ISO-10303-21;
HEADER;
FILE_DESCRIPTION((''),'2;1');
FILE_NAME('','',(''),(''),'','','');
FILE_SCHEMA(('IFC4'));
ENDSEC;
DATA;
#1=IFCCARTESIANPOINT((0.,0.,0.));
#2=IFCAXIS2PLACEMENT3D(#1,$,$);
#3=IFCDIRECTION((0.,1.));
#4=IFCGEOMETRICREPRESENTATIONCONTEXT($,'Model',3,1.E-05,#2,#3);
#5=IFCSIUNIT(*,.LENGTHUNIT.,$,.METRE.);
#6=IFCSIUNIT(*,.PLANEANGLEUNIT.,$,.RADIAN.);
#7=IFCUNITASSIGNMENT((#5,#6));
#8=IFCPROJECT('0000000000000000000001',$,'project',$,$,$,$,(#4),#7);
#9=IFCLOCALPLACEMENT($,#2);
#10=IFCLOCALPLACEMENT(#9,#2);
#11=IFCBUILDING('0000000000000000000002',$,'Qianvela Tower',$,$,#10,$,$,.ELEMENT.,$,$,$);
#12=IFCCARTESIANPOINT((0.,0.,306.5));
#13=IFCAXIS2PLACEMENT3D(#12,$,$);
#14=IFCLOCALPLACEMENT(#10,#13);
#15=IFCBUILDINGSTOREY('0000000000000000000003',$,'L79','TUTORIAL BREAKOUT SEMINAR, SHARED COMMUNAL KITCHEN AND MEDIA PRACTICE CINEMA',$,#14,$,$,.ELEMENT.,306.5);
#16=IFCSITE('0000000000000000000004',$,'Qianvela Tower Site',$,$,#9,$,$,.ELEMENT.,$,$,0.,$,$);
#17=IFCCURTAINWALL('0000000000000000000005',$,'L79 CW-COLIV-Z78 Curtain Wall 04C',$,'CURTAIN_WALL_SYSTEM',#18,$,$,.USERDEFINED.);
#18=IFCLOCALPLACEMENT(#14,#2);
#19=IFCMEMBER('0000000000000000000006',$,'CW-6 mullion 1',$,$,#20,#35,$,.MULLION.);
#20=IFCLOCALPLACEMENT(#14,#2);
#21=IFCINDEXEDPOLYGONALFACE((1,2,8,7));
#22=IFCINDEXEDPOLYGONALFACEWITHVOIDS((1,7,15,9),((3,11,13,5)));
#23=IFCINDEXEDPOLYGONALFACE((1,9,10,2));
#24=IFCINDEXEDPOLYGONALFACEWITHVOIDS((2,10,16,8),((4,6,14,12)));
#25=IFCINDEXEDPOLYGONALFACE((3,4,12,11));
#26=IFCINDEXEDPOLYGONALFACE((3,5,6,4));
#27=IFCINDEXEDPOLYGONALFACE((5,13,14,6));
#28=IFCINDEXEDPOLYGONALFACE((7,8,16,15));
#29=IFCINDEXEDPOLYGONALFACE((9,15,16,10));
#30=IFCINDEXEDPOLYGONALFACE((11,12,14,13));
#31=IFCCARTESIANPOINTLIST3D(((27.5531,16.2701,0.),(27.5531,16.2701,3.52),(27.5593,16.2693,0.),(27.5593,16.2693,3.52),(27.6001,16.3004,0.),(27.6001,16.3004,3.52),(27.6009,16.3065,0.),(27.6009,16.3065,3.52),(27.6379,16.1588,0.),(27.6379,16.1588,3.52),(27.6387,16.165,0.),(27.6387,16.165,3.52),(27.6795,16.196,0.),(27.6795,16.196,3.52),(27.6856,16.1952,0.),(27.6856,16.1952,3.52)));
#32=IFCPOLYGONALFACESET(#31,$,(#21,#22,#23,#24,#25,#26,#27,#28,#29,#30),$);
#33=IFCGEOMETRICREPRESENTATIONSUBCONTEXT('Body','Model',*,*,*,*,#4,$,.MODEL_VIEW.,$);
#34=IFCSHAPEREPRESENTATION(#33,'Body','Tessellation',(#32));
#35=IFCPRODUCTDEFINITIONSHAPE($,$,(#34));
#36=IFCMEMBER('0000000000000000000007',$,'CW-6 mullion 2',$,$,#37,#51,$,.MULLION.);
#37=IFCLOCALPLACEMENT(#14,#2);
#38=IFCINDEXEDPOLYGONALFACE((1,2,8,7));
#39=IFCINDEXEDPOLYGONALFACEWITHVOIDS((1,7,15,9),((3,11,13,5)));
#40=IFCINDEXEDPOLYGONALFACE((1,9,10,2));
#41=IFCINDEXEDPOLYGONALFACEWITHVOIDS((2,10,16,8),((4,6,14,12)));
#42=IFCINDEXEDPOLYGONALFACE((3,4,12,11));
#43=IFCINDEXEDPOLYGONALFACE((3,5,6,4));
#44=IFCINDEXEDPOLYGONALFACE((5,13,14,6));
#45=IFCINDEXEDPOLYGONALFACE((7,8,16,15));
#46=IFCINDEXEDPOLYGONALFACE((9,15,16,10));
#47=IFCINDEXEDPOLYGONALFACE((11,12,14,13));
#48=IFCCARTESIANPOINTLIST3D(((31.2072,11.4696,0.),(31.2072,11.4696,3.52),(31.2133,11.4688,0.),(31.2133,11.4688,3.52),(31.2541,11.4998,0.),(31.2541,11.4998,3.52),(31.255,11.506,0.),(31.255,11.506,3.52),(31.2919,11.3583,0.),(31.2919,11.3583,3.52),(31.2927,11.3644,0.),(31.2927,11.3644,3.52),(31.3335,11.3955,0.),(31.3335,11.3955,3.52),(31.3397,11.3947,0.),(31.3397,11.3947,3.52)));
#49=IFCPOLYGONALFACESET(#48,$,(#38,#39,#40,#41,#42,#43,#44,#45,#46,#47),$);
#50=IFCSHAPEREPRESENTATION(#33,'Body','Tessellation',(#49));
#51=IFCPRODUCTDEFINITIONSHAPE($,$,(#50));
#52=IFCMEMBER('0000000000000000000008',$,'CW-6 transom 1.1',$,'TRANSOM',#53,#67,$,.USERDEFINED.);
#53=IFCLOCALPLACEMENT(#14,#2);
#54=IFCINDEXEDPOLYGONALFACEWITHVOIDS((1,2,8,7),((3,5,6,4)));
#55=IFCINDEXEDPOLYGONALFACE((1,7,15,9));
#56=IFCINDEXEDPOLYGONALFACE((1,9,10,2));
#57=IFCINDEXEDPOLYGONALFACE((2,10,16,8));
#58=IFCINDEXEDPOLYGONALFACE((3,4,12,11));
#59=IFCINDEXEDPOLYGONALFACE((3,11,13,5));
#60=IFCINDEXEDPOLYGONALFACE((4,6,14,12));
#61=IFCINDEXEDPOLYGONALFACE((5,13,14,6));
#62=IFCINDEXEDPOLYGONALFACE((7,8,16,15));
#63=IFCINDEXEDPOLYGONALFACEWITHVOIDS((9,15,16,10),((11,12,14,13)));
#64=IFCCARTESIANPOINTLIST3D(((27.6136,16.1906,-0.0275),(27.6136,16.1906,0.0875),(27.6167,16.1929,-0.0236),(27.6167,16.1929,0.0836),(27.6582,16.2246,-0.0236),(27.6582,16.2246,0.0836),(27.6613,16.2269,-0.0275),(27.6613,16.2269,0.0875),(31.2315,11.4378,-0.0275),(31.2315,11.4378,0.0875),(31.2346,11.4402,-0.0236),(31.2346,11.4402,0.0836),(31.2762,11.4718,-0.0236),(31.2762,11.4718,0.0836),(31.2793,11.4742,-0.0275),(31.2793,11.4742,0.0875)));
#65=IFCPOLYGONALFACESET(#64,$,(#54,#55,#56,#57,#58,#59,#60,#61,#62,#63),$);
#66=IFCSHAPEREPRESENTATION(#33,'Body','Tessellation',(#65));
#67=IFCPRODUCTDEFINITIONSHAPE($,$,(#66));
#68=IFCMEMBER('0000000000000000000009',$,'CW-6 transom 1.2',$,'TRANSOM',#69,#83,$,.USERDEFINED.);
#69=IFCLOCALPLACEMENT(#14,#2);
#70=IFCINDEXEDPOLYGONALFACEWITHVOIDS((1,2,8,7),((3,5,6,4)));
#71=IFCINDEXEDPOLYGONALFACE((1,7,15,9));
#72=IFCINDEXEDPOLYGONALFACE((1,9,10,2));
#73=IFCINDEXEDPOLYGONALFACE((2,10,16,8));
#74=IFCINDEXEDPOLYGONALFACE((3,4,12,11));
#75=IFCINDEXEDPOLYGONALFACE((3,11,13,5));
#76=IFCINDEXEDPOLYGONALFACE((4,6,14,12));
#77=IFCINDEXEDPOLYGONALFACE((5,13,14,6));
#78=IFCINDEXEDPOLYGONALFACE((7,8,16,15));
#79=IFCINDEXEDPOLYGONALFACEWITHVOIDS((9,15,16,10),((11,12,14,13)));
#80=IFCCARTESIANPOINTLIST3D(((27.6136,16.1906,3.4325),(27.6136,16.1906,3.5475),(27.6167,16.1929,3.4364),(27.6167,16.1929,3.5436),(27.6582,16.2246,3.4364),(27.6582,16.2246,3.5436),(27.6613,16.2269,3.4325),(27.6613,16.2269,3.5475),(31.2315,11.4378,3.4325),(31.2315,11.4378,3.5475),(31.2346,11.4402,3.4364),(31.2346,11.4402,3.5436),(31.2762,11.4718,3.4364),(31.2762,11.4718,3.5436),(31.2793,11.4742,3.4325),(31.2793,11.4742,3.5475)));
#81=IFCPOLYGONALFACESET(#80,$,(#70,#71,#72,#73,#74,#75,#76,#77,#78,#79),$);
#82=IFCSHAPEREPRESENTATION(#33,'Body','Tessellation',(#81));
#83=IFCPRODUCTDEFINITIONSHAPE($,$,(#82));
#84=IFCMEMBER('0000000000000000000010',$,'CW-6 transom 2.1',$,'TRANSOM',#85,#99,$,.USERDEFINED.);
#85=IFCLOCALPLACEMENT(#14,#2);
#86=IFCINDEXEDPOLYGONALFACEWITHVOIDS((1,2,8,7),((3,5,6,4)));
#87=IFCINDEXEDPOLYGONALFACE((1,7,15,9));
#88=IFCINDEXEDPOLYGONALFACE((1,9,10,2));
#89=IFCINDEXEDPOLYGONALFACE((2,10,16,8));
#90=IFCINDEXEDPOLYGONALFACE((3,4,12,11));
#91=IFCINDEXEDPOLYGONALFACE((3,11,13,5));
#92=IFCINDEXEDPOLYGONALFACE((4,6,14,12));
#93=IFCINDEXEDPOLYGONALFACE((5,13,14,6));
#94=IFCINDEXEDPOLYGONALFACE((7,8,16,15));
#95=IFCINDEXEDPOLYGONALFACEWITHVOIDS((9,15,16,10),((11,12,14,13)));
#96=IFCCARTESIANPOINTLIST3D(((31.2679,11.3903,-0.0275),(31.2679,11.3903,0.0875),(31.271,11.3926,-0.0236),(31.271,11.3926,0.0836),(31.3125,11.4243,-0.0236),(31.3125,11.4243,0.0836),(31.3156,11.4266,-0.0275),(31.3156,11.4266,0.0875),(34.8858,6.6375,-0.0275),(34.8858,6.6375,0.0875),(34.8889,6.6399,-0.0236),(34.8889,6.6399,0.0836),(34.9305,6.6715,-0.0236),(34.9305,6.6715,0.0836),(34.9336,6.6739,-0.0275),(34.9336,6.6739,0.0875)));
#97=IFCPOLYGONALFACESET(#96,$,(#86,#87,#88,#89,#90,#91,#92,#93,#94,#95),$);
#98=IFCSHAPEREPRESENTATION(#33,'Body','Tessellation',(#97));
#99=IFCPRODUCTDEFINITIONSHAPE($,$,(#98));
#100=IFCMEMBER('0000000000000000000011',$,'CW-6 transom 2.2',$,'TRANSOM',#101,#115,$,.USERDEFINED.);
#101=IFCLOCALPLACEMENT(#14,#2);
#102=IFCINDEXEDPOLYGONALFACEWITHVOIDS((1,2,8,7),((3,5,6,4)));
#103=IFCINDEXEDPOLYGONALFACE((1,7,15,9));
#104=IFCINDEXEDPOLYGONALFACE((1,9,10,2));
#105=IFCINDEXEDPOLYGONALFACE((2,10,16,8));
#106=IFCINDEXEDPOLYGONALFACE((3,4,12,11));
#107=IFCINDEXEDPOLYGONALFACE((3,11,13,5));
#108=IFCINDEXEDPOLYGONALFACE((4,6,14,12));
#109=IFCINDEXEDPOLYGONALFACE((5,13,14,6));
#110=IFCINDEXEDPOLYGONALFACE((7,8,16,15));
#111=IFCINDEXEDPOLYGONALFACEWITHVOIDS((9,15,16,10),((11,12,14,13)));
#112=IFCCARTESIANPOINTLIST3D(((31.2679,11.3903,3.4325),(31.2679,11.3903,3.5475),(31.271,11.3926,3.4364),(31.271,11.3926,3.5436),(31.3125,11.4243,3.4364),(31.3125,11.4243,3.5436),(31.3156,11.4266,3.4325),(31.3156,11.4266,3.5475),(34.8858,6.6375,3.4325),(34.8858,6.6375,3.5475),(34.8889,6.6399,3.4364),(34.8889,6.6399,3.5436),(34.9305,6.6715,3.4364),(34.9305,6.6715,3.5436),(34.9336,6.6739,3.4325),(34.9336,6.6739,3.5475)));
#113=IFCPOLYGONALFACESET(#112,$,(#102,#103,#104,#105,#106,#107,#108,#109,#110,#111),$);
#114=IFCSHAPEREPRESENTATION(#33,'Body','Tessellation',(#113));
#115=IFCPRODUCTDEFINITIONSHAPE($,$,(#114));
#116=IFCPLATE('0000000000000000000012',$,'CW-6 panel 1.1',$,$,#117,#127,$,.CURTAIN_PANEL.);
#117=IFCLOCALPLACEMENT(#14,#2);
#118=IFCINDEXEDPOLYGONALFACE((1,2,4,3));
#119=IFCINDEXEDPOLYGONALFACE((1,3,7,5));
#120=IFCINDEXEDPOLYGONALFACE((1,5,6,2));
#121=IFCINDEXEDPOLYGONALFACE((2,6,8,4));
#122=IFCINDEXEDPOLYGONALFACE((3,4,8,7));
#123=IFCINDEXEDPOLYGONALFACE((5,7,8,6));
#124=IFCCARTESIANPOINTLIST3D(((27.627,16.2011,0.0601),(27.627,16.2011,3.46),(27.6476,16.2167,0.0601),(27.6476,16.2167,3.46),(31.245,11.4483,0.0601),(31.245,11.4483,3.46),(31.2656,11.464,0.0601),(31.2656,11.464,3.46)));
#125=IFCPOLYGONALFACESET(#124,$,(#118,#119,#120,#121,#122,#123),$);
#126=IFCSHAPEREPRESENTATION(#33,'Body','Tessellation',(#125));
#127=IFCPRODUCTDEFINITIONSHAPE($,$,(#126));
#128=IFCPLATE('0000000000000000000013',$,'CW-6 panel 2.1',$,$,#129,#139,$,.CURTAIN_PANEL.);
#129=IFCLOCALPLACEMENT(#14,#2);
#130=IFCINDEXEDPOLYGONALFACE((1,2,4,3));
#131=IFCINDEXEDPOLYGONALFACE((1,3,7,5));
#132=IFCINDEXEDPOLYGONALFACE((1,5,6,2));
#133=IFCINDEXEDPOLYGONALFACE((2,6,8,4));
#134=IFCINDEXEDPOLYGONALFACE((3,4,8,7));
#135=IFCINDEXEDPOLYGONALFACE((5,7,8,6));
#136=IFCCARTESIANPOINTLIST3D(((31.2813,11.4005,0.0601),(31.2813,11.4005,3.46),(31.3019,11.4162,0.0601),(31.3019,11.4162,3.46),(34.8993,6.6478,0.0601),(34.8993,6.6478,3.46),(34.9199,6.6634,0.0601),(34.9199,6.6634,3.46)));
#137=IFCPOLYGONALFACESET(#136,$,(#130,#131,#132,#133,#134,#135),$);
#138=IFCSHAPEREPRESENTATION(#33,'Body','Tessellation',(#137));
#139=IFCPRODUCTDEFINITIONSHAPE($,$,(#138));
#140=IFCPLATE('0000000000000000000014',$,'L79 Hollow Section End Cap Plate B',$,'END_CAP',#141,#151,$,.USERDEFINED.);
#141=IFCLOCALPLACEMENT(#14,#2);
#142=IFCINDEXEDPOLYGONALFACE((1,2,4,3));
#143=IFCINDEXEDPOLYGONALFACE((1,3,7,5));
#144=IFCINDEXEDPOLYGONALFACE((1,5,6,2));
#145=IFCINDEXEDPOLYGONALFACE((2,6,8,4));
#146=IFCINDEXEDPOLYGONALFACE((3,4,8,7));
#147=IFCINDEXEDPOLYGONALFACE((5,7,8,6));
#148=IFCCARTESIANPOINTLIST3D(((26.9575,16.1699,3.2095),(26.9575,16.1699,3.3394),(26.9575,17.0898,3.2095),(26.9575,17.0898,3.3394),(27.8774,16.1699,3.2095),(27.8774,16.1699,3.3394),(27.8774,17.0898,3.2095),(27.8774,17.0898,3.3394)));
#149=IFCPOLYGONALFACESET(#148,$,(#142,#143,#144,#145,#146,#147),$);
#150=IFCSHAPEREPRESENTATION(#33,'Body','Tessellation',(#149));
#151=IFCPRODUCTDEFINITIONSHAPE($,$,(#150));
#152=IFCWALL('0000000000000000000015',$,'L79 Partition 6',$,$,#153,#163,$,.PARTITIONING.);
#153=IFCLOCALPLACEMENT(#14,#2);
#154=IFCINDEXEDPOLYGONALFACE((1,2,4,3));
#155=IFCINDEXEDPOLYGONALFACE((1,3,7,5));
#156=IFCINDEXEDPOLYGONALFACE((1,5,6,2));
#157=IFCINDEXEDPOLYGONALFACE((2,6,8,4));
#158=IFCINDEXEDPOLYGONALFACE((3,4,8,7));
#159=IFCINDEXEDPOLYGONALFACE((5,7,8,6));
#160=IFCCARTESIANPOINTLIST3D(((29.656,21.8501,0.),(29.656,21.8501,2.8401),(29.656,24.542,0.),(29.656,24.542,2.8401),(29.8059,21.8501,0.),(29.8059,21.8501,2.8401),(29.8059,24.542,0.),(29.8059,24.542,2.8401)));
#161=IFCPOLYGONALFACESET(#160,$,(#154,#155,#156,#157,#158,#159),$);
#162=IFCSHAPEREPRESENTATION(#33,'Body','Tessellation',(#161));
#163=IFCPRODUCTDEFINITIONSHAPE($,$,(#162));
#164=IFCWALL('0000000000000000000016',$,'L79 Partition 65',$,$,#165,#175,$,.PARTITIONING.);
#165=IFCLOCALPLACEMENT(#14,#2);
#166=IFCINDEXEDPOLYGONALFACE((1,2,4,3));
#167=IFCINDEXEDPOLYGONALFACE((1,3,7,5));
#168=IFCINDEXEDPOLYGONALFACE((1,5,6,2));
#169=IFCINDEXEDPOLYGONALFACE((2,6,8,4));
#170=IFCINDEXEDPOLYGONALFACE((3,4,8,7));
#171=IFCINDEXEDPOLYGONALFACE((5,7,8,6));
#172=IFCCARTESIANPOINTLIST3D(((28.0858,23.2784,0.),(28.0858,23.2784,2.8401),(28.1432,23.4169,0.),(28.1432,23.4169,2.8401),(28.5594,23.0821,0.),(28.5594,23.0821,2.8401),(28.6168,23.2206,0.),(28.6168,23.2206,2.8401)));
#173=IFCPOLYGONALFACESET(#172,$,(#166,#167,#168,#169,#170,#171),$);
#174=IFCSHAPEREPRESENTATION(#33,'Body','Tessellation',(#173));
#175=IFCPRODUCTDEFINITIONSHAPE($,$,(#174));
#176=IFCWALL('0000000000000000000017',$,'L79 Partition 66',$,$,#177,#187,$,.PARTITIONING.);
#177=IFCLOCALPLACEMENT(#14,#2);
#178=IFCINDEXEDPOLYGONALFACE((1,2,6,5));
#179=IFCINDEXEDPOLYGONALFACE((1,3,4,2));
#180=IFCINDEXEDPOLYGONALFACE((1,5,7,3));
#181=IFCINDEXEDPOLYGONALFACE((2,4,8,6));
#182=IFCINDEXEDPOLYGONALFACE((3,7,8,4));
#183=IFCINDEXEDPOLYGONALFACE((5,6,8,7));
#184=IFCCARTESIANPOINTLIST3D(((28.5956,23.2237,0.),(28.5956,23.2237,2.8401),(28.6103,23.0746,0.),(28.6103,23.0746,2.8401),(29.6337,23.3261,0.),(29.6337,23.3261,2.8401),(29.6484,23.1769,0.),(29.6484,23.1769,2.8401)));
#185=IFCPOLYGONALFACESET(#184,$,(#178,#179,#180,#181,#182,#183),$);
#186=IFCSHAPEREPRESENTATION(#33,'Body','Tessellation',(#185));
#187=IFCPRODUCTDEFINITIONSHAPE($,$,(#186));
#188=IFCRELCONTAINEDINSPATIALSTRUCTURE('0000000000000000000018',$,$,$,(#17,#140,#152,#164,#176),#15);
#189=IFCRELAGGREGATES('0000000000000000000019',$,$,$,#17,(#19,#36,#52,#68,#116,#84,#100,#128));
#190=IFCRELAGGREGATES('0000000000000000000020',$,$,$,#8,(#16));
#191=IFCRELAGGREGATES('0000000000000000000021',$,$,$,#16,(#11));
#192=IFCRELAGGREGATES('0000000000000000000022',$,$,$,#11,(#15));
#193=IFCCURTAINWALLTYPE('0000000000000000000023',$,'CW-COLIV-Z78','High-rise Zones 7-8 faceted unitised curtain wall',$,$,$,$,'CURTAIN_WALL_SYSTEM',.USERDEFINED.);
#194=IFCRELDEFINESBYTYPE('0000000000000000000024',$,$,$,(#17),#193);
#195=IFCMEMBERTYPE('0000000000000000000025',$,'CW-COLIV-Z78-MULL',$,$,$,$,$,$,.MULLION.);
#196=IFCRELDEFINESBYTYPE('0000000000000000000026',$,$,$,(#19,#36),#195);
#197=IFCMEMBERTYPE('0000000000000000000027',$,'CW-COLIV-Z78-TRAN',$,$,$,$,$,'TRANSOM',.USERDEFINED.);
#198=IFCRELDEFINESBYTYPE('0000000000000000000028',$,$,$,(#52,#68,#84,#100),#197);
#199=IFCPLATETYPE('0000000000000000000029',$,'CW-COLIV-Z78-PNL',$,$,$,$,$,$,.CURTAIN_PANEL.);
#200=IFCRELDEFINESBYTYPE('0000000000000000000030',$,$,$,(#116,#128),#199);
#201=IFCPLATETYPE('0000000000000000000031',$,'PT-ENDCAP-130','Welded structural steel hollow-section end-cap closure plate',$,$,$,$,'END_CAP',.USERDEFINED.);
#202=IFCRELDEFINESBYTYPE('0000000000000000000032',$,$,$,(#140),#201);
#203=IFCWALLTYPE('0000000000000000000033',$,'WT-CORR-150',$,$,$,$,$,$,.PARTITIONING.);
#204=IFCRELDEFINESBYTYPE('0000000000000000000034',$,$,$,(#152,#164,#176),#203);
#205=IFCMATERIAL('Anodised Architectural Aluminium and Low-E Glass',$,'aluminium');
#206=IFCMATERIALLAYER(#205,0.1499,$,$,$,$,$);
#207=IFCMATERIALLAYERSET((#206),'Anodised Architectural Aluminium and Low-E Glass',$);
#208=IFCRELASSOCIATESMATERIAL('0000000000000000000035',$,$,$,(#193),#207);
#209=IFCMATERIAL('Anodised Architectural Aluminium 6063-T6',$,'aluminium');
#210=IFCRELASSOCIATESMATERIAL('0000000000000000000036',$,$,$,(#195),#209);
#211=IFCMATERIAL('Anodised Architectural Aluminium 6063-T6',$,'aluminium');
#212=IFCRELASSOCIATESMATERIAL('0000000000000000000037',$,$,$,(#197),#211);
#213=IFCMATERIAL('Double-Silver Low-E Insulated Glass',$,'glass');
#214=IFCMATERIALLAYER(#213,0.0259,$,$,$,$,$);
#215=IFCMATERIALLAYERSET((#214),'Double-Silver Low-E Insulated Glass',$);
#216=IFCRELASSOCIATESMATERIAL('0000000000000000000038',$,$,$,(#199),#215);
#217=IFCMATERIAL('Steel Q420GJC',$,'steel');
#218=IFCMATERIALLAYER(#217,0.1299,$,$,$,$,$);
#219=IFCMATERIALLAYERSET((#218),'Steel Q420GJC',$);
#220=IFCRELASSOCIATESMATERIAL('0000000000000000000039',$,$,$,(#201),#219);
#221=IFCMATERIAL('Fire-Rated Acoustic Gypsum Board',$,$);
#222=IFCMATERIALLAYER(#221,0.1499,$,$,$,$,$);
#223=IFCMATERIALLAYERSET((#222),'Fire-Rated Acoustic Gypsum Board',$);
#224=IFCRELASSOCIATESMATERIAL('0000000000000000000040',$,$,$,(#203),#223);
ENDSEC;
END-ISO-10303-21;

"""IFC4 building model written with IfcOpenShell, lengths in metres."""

from ifc_helpers import new_model, si_unit, direction, frame, frame_2d, origin, origin_2d, place, context, subcontext, project, spatial, rectangle, hollow_rectangle, extrude, material, layer, layer_set, material_profile, profile_set, type_object, element, aggregate, save


model = new_model("IFC4")

# Units and contexts
model_context = context("Model", 3, precision=1e-05, world=origin(), true_north=direction((0.0, 1.0)))
body_context = subcontext(model_context, "Body", "Model", "MODEL_VIEW")
ifc_project = project(units=[si_unit("LENGTHUNIT", "METRE"), si_unit("PLANEANGLEUNIT", "RADIAN")], contexts=[model_context])

# Site, building, storey
site_placement = place(None, origin())
site = spatial("IfcSite", under=ifc_project, at=site_placement, Name="Qianvela Tower Site", CompositionType="ELEMENT", RefElevation=0.0)
building_placement = place(site_placement, origin())
building = spatial("IfcBuilding", under=site, at=building_placement, Name="Qianvela Tower", CompositionType="ELEMENT")
storey_placement = place(building_placement, frame((0.0, 0.0, 306.5)))
storey = spatial("IfcBuildingStorey", under=building, at=storey_placement, Name="L79", Description="TUTORIAL BREAKOUT SEMINAR, SHARED COMMUNAL KITCHEN AND MEDIA PRACTICE CINEMA", CompositionType="ELEMENT", Elevation=306.5)

# Curtain wall, members, plates
ifc_material_1 = material(Name="Anodised Architectural Aluminium and Low-E Glass", Category="aluminium")
ifc_layer_1 = layer(ifc_material_1, 0.1499)
ifc_layer_set_1 = layer_set([ifc_layer_1], Name="Anodised Architectural Aluminium and Low-E Glass")
curtain_wall_type_1 = type_object("IfcCurtainWallType", Name="CW-COLIV-Z78", Description="High-rise Zones 7-8 faceted unitised curtain wall", ElementType="CURTAIN_WALL_SYSTEM", PredefinedType="USERDEFINED", material=ifc_layer_set_1)
curtain_wall_1_placement = place(storey_placement, origin())
curtain_wall_1 = element("IfcCurtainWall", 1, at=curtain_wall_1_placement, inside=storey, type_object=curtain_wall_type_1, Name="L79 CW-COLIV-Z78 Curtain Wall 04C", ObjectType="CURTAIN_WALL_SYSTEM", PredefinedType="USERDEFINED")
ifc_material_2 = material(Name="Anodised Architectural Aluminium 6063-T6", Category="aluminium")
ifc_material_profile_1 = material_profile(ifc_material_2, hollow_rectangle(XDim=0.0601, YDim=0.1399, WallThickness=0.0044, at=origin_2d()), Name="ALU-MULL-60x140")
ifc_profile_set_1 = profile_set([ifc_material_profile_1], Name="Anodised Architectural Aluminium 6063-T6")
member_type_1 = type_object("IfcMemberType", Name="CW-COLIV-Z78-MULL", PredefinedType="MULLION", material=ifc_profile_set_1)
member_1_placement = place(storey_placement, frame((27.6194, 16.2327, 0.0), z_axis=(0.0, 0.0, 1.0), x_axis=(0.795687, 0.605708, 0.0)))
member_1 = element("IfcMember", 2, at=member_1_placement, type_object=member_type_1, Name="CW-6 mullion 1", PredefinedType="MULLION", context=body_context, shape_type="SweptSolid", body=[
    extrude(hollow_rectangle(XDim=0.0601, YDim=0.1399, WallThickness=0.0044, at=origin_2d()), origin(), (0.0, 0.0, 1.0), 3.52),
])
member_2_placement = place(storey_placement, frame((31.2734, 11.4321, 0.0), z_axis=(0.0, 0.0, 1.0), x_axis=(0.795687, 0.605708, 0.0)))
member_2 = element("IfcMember", 3, at=member_2_placement, type_object=member_type_1, Name="CW-6 mullion 2", PredefinedType="MULLION", context=body_context, shape_type="SweptSolid", body=[
    extrude(hollow_rectangle(XDim=0.0601, YDim=0.1399, WallThickness=0.0044, at=origin_2d()), origin(), (0.0, 0.0, 1.0), 3.52),
])
ifc_material_3 = material(Name="Anodised Architectural Aluminium 6063-T6", Category="aluminium")
ifc_material_profile_2 = material_profile(ifc_material_3, hollow_rectangle(XDim=0.0601, YDim=0.115, WallThickness=0.0039, at=origin_2d()), Name="ALU-TRAN-60x115")
ifc_profile_set_2 = profile_set([ifc_material_profile_2], Name="Anodised Architectural Aluminium 6063-T6")
member_type_2 = type_object("IfcMemberType", Name="CW-COLIV-Z78-TRAN", ElementType="TRANSOM", PredefinedType="USERDEFINED", material=ifc_profile_set_2)
member_3_placement = place(storey_placement, frame((27.6375, 16.2087, 0.03), z_axis=(0.605707, -0.795688, 0.0), x_axis=(0.795688, 0.605707, 0.0)))
member_3 = element("IfcMember", 4, at=member_3_placement, type_object=member_type_2, Name="CW-6 transom 1.1", ObjectType="TRANSOM", PredefinedType="USERDEFINED", context=body_context, shape_type="SweptSolid", body=[
    extrude(hollow_rectangle(XDim=0.0601, YDim=0.115, WallThickness=0.0039, at=origin_2d()), origin(), (0.0, 0.0, 1.0), 5.9731),
])
member_4_placement = place(storey_placement, frame((27.6375, 16.2087, 3.49), z_axis=(0.605707, -0.795688, 0.0), x_axis=(0.795688, 0.605707, 0.0)))
member_4 = element("IfcMember", 5, at=member_4_placement, type_object=member_type_2, Name="CW-6 transom 1.2", ObjectType="TRANSOM", PredefinedType="USERDEFINED", context=body_context, shape_type="SweptSolid", body=[
    extrude(hollow_rectangle(XDim=0.0601, YDim=0.115, WallThickness=0.0039, at=origin_2d()), origin(), (0.0, 0.0, 1.0), 5.9731),
])
member_5_placement = place(storey_placement, frame((31.2917, 11.4084, 0.03), z_axis=(0.605707, -0.795688, 0.0), x_axis=(0.795688, 0.605707, 0.0)))
member_5 = element("IfcMember", 6, at=member_5_placement, type_object=member_type_2, Name="CW-6 transom 2.1", ObjectType="TRANSOM", PredefinedType="USERDEFINED", context=body_context, shape_type="SweptSolid", body=[
    extrude(hollow_rectangle(XDim=0.0601, YDim=0.115, WallThickness=0.0039, at=origin_2d()), origin(), (0.0, 0.0, 1.0), 5.9731),
])
member_6_placement = place(storey_placement, frame((31.2917, 11.4084, 3.49), z_axis=(0.605707, -0.795688, 0.0), x_axis=(0.795688, 0.605707, 0.0)))
member_6 = element("IfcMember", 7, at=member_6_placement, type_object=member_type_2, Name="CW-6 transom 2.2", ObjectType="TRANSOM", PredefinedType="USERDEFINED", context=body_context, shape_type="SweptSolid", body=[
    extrude(hollow_rectangle(XDim=0.0601, YDim=0.115, WallThickness=0.0039, at=origin_2d()), origin(), (0.0, 0.0, 1.0), 5.9731),
])
ifc_material_4 = material(Name="Double-Silver Low-E Insulated Glass", Category="glass")
ifc_layer_2 = layer(ifc_material_4, 0.0259)
ifc_layer_set_2 = layer_set([ifc_layer_2], Name="Double-Silver Low-E Insulated Glass")
plate_type_1 = type_object("IfcPlateType", Name="CW-COLIV-Z78-PNL", PredefinedType="CURTAIN_PANEL", material=ifc_layer_set_2)
plate_1_placement = place(storey_placement, frame((29.4463, 13.8325, 0.0601), z_axis=(0.0, 0.0, 1.0), x_axis=(0.605708, -0.795687, 0.0)))
plate_1 = element("IfcPlate", 8, at=plate_1_placement, type_object=plate_type_1, Name="CW-6 panel 1.1", PredefinedType="CURTAIN_PANEL", context=body_context, shape_type="SweptSolid", body=[
    extrude(rectangle(XDim=5.9731, YDim=0.0259, at=origin_2d()), origin(), (0.0, 0.0, 1.0), 3.3999),
])
plate_2_placement = place(storey_placement, frame((33.1006, 9.032, 0.0601), z_axis=(0.0, 0.0, 1.0), x_axis=(0.605708, -0.795687, 0.0)))
plate_2 = element("IfcPlate", 9, at=plate_2_placement, type_object=plate_type_1, Name="CW-6 panel 2.1", PredefinedType="CURTAIN_PANEL", context=body_context, shape_type="SweptSolid", body=[
    extrude(rectangle(XDim=5.9731, YDim=0.0259, at=origin_2d()), origin(), (0.0, 0.0, 1.0), 3.3999),
])
aggregate(curtain_wall_1, [member_1, member_2, member_3, member_4, plate_1, member_5, member_6, plate_2])

# Plate
ifc_material_5 = material(Name="Steel Q420GJC", Category="steel")
ifc_layer_3 = layer(ifc_material_5, 0.1299)
ifc_layer_set_3 = layer_set([ifc_layer_3], Name="Steel Q420GJC")
plate_type_2 = type_object("IfcPlateType", Name="PT-ENDCAP-130", Description="Welded structural steel hollow-section end-cap closure plate", ElementType="END_CAP", PredefinedType="USERDEFINED", material=ifc_layer_set_3)
plate_3_placement = place(storey_placement, frame((27.4175, 16.6299, 3.2095), z_axis=(0.0, 0.0, 1.0), x_axis=(1.0, 0.0, 0.0)))
element("IfcPlate", 10, at=plate_3_placement, inside=storey, type_object=plate_type_2, Name="L79 Hollow Section End Cap Plate B", ObjectType="END_CAP", PredefinedType="USERDEFINED", context=body_context, shape_type="SweptSolid", body=[
    extrude(rectangle(XDim=0.9199, YDim=0.9199, at=origin_2d()), origin(), (0.0, 0.0, 1.0), 0.1299),
])

# Shared definitions
ifc_material_6 = material(Name="Fire-Rated Acoustic Gypsum Board")
ifc_layer_4 = layer(ifc_material_6, 0.1499)
ifc_layer_set_4 = layer_set([ifc_layer_4], Name="Fire-Rated Acoustic Gypsum Board")
wall_type_1 = type_object("IfcWallType", Name="WT-CORR-150", PredefinedType="PARTITIONING", material=ifc_layer_set_4)

# Walls
wall_1_placement = place(storey_placement, frame((29.731, 21.8501, 0.0), z_axis=(0.0, 0.0, 1.0), x_axis=(0.0, 1.0, 0.0)))
element("IfcWall", 11, at=wall_1_placement, inside=storey, type_object=wall_type_1, Name="L79 Partition 6", PredefinedType="PARTITIONING", context=body_context, shape_type="SweptSolid", body=[
    extrude(rectangle(XDim=2.6919, YDim=0.1499, at=frame_2d((1.3459, 0.0))), origin(), (0.0, 0.0, 1.0), 2.8401),
])
wall_2_placement = place(storey_placement, frame((28.1145, 23.3477, 0.0), z_axis=(0.0, 0.0, 1.0), x_axis=(0.923808, -0.382856, 0.0)))
element("IfcWall", 12, at=wall_2_placement, inside=storey, type_object=wall_type_1, Name="L79 Partition 65", PredefinedType="PARTITIONING", context=body_context, shape_type="SweptSolid", body=[
    extrude(rectangle(XDim=0.5127, YDim=0.1499, at=frame_2d((0.2563, 0.0))), origin(), (0.0, 0.0, 1.0), 2.8401),
])
wall_3_placement = place(storey_placement, frame((28.603, 23.1492, 0.0), z_axis=(0.0, 0.0, 1.0), x_axis=(0.99518, 0.098067, 0.0)))
element("IfcWall", 13, at=wall_3_placement, inside=storey, type_object=wall_type_1, Name="L79 Partition 66", PredefinedType="PARTITIONING", context=body_context, shape_type="SweptSolid", body=[
    extrude(rectangle(XDim=1.0432, YDim=0.1499, at=frame_2d((0.5215, 0.0))), origin(), (0.0, 0.0, 1.0), 2.8401),
])

save(model, "model.ifc")
